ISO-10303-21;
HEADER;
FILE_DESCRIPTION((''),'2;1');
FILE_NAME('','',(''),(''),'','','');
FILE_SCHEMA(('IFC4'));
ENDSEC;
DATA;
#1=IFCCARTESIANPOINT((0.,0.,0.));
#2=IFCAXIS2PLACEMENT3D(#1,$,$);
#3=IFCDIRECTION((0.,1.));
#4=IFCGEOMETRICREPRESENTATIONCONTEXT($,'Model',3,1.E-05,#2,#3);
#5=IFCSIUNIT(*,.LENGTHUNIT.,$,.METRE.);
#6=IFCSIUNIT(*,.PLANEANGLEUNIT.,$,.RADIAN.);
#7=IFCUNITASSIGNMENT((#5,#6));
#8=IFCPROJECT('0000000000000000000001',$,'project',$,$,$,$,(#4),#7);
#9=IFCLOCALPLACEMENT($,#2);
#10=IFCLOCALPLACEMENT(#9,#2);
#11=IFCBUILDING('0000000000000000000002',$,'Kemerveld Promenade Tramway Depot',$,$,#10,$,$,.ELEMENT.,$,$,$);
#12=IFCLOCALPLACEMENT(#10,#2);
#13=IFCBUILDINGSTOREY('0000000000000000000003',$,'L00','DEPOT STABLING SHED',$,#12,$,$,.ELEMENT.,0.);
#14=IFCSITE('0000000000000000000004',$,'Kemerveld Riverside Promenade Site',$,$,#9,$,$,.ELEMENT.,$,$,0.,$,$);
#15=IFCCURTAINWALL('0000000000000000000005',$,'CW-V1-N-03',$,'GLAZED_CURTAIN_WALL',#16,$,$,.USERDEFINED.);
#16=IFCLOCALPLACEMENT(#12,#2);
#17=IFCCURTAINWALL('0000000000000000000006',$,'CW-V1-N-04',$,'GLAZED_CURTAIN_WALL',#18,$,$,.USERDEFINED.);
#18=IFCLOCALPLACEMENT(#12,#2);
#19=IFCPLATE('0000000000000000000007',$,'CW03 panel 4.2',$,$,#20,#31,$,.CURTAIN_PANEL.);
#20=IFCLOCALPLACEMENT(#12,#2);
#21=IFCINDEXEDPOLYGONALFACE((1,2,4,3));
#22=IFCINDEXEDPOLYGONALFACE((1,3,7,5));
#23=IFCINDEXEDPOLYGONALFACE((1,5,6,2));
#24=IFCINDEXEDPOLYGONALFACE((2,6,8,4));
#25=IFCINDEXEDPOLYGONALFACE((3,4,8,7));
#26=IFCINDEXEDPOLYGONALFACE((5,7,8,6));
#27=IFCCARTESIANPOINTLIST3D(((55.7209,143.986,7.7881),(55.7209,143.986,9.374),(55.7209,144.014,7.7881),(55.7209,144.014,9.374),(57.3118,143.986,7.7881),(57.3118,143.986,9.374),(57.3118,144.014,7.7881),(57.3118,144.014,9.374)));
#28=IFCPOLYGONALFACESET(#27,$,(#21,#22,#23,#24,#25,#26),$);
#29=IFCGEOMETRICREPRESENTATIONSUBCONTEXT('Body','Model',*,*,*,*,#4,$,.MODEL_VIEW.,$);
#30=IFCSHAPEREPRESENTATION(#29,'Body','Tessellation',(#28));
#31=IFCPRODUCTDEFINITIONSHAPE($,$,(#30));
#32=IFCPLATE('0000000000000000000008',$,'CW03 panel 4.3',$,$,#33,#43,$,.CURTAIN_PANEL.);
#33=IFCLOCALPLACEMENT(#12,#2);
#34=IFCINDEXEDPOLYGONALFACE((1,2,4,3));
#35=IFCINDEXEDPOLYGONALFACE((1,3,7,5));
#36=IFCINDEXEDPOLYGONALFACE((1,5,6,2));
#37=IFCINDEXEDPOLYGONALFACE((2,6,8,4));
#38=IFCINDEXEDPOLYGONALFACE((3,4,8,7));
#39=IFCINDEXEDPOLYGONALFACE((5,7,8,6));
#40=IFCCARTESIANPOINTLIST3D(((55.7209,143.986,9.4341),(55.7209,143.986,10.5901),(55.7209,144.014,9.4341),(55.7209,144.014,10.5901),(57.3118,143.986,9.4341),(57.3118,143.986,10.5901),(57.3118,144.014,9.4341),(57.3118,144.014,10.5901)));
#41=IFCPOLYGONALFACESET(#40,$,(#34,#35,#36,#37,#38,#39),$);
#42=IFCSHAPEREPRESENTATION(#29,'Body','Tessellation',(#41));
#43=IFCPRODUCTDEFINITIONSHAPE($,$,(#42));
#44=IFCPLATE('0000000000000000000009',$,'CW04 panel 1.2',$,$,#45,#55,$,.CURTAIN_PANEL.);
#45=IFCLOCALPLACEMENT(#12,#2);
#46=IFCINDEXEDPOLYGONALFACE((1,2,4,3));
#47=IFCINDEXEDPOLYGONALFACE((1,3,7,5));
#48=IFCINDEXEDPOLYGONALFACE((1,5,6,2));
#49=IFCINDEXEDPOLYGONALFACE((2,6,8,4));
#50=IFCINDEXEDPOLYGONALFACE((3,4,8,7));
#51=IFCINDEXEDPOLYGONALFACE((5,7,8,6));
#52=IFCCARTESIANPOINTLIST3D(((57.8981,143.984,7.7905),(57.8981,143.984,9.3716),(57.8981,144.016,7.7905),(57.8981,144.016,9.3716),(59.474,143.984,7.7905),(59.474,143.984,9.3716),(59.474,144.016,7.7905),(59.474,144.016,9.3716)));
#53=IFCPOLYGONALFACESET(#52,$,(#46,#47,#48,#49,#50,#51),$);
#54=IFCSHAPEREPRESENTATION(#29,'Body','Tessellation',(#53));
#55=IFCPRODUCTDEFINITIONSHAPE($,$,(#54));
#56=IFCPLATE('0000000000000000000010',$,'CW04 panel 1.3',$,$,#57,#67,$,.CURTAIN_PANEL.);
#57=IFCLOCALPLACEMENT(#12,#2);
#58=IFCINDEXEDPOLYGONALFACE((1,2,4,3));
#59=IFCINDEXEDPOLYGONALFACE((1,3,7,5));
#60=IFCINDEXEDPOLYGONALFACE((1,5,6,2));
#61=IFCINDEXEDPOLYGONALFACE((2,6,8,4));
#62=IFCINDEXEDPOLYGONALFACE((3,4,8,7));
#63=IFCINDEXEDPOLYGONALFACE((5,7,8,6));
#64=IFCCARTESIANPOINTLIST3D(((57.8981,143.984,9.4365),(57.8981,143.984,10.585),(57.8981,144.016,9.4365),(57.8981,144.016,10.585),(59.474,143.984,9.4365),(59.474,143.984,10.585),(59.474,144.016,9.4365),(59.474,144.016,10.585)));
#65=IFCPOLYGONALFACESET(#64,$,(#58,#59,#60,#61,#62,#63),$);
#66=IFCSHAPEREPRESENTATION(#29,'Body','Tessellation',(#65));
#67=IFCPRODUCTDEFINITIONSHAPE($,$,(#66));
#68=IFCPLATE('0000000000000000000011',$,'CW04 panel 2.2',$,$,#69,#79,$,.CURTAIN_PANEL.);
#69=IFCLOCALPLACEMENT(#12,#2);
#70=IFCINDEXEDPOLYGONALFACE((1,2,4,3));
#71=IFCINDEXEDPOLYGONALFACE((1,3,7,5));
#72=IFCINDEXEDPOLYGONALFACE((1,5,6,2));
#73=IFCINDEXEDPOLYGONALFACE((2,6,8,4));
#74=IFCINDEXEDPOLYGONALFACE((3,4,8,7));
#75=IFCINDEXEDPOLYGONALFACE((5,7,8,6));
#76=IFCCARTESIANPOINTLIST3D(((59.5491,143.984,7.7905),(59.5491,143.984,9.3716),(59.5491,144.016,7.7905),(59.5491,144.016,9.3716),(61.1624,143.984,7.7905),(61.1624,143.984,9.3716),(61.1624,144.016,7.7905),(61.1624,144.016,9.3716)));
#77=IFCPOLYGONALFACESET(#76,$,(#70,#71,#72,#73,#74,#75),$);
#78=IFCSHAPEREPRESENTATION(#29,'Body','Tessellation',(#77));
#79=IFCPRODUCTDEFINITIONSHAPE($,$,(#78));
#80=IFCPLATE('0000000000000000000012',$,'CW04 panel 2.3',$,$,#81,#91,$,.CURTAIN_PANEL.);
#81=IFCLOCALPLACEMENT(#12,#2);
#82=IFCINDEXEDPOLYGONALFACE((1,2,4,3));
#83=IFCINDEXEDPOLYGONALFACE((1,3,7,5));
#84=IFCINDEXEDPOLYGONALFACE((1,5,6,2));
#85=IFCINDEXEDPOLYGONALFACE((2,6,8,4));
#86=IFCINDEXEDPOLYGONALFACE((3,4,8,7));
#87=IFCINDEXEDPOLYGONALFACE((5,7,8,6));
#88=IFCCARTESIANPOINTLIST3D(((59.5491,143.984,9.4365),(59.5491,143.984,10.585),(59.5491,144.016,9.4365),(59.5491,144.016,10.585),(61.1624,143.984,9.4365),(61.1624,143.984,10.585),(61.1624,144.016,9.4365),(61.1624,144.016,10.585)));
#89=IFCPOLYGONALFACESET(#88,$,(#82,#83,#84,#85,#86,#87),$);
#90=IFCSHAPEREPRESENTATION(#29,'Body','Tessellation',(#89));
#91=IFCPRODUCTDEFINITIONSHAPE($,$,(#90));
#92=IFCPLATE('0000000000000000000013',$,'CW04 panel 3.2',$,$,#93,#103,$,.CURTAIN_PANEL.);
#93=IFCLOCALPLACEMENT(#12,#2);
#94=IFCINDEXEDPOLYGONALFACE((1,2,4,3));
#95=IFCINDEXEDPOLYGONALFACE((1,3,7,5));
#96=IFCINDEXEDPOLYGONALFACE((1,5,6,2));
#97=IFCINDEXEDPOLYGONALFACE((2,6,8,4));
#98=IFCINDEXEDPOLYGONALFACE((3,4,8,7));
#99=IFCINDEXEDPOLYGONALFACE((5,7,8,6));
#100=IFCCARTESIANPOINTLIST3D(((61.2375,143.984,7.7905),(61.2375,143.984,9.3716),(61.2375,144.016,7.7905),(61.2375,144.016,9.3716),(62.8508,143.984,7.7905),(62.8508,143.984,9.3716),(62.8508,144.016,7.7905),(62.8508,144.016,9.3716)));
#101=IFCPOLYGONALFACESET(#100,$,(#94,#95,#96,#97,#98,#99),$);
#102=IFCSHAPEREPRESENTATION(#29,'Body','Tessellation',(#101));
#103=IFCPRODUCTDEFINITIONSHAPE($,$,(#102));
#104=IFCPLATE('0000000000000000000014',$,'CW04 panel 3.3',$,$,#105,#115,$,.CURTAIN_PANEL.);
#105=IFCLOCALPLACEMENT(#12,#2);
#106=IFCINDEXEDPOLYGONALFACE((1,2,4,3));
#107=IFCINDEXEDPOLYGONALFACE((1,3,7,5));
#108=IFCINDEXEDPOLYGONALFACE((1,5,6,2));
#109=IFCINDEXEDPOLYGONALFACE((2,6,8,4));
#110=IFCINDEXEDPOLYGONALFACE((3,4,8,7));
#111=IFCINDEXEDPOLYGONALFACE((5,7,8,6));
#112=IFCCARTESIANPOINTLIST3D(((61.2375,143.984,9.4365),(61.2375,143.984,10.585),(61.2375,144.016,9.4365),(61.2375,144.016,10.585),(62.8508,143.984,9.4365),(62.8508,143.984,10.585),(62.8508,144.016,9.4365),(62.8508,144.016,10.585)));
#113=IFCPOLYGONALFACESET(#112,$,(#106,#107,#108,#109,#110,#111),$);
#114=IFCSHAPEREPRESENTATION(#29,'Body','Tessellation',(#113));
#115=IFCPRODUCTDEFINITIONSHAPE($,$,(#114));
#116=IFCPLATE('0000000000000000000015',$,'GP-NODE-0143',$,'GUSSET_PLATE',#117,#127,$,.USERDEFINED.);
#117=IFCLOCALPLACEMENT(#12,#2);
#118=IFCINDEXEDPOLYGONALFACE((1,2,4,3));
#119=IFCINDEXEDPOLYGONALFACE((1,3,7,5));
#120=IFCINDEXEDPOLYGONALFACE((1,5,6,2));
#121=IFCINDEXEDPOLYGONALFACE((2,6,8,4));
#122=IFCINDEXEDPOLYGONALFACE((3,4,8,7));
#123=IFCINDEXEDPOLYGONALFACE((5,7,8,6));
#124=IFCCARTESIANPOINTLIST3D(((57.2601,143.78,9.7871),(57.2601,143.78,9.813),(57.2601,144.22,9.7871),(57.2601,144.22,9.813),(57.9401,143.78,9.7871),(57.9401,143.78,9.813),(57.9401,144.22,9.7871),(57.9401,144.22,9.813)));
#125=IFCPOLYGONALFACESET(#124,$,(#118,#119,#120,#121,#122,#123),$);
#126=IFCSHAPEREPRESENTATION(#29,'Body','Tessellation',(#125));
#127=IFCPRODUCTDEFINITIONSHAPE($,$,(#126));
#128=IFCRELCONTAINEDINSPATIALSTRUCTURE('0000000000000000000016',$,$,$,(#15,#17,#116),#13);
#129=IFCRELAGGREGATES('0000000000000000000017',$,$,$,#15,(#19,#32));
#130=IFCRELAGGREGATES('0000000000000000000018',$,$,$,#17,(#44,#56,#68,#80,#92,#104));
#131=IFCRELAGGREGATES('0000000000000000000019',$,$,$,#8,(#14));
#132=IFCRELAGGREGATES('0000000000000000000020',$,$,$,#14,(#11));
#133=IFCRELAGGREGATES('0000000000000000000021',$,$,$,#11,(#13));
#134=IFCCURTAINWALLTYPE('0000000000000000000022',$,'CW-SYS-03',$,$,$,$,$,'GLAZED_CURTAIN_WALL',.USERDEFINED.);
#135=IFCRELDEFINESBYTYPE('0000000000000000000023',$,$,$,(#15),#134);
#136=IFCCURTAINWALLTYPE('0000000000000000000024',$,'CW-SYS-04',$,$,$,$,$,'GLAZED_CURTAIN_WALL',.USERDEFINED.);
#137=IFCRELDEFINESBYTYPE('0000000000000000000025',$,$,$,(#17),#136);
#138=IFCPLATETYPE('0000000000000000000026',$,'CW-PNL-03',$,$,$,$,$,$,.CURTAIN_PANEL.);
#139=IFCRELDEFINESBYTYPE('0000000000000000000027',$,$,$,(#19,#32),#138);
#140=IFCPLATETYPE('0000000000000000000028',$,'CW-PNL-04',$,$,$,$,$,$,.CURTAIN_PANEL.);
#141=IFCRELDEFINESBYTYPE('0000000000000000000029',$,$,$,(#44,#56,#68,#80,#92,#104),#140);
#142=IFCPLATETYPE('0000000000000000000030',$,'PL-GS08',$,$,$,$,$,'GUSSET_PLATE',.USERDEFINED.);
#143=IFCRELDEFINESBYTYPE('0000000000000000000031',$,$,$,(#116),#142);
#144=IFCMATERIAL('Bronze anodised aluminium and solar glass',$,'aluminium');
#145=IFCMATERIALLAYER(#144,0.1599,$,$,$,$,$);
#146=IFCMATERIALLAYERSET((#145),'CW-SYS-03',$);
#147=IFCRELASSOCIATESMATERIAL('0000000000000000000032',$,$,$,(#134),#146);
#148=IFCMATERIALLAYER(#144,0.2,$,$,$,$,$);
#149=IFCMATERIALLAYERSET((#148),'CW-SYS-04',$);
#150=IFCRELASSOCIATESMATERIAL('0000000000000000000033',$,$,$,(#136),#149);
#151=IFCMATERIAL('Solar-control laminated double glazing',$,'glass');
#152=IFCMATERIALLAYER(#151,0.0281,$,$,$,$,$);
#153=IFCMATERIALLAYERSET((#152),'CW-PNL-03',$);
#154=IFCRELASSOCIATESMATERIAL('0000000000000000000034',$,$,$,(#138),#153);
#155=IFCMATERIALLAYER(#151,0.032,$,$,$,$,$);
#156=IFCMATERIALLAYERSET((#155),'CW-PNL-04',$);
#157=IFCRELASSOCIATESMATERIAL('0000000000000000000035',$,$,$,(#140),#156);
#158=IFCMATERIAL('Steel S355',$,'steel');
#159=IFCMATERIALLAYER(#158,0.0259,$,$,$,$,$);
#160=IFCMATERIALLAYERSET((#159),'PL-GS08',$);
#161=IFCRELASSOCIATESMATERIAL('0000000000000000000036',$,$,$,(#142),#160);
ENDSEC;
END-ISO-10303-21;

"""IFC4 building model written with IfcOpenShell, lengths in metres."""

from ifc_helpers import new_model, si_unit, direction, frame, origin, origin_2d, place, context, subcontext, project, spatial, rectangle, extrude, material, layer, layer_set, type_object, element, aggregate, save


model = new_model("IFC4")

# Units and contexts
model_context = context("Model", 3, precision=1e-05, world=origin(), true_north=direction((0.0, 1.0)))
body_context = subcontext(model_context, "Body", "Model", "MODEL_VIEW")
ifc_project = project(units=[si_unit("LENGTHUNIT", "METRE"), si_unit("PLANEANGLEUNIT", "RADIAN")], contexts=[model_context])

# Site, building, storey
site_placement = place(None, origin())
site = spatial("IfcSite", under=ifc_project, at=site_placement, Name="Kemerveld Riverside Promenade Site", CompositionType="ELEMENT", RefElevation=0.0)
building_placement = place(site_placement, origin())
building = spatial("IfcBuilding", under=site, at=building_placement, Name="Kemerveld Promenade Tramway Depot", CompositionType="ELEMENT")
storey_placement = place(building_placement, origin())
storey = spatial("IfcBuildingStorey", under=building, at=storey_placement, Name="L00", Description="DEPOT STABLING SHED", CompositionType="ELEMENT", Elevation=0.0)

# Shared definitions
ifc_material_1 = material(Name="Steel S355", Category="steel")

# Curtain walls
ifc_material_2 = material(Name="Bronze anodised aluminium and solar glass", Category="aluminium")
ifc_layer_1 = layer(ifc_material_2, 0.1599)
ifc_layer_set_1 = layer_set([ifc_layer_1], Name="CW-SYS-03")
curtain_wall_type_1 = type_object("IfcCurtainWallType", Name="CW-SYS-03", ElementType="GLAZED_CURTAIN_WALL", PredefinedType="USERDEFINED", material=ifc_layer_set_1)
curtain_wall_1_placement = place(storey_placement, origin())
curtain_wall_1 = element("IfcCurtainWall", 1, at=curtain_wall_1_placement, inside=storey, type_object=curtain_wall_type_1, Name="CW-V1-N-03", ObjectType="GLAZED_CURTAIN_WALL", PredefinedType="USERDEFINED")
ifc_layer_2 = layer(ifc_material_2, 0.2)
ifc_layer_set_2 = layer_set([ifc_layer_2], Name="CW-SYS-04")
curtain_wall_type_2 = type_object("IfcCurtainWallType", Name="CW-SYS-04", ElementType="GLAZED_CURTAIN_WALL", PredefinedType="USERDEFINED", material=ifc_layer_set_2)
curtain_wall_2_placement = place(storey_placement, origin())
curtain_wall_2 = element("IfcCurtainWall", 2, at=curtain_wall_2_placement, inside=storey, type_object=curtain_wall_type_2, Name="CW-V1-N-04", ObjectType="GLAZED_CURTAIN_WALL", PredefinedType="USERDEFINED")

# Plates
ifc_material_3 = material(Name="Solar-control laminated double glazing", Category="glass")
ifc_layer_3 = layer(ifc_material_3, 0.0281)
ifc_layer_set_3 = layer_set([ifc_layer_3], Name="CW-PNL-03")
plate_type_1 = type_object("IfcPlateType", Name="CW-PNL-03", PredefinedType="CURTAIN_PANEL", material=ifc_layer_set_3)
plate_1_placement = place(storey_placement, frame((56.5164, 144.0, 7.7881), z_axis=(0.0, 0.0, 1.0), x_axis=(1.0, 0.0, 0.0)))
plate_1 = element("IfcPlate", 3, at=plate_1_placement, type_object=plate_type_1, Name="CW03 panel 4.2", PredefinedType="CURTAIN_PANEL", context=body_context, shape_type="SweptSolid", body=[
    extrude(rectangle(XDim=1.5908, YDim=0.0281, at=origin_2d()), origin(), (0.0, 0.0, 1.0), 1.5859),
])
plate_2_placement = place(storey_placement, frame((56.5164, 144.0, 9.4341), z_axis=(0.0, 0.0, 1.0), x_axis=(1.0, 0.0, 0.0)))
plate_2 = element("IfcPlate", 4, at=plate_2_placement, type_object=plate_type_1, Name="CW03 panel 4.3", PredefinedType="CURTAIN_PANEL", context=body_context, shape_type="SweptSolid", body=[
    extrude(rectangle(XDim=1.5908, YDim=0.0281, at=origin_2d()), origin(), (0.0, 0.0, 1.0), 1.156),
])
aggregate(curtain_wall_1, [plate_1, plate_2])
ifc_layer_4 = layer(ifc_material_3, 0.032)
ifc_layer_set_4 = layer_set([ifc_layer_4], Name="CW-PNL-04")
plate_type_2 = type_object("IfcPlateType", Name="CW-PNL-04", PredefinedType="CURTAIN_PANEL", material=ifc_layer_set_4)
plate_3_placement = place(storey_placement, frame((58.686, 144.0, 7.7905), z_axis=(0.0, 0.0, 1.0), x_axis=(1.0, 0.0, 0.0)))
plate_3 = element("IfcPlate", 5, at=plate_3_placement, type_object=plate_type_2, Name="CW04 panel 1.2", PredefinedType="CURTAIN_PANEL", context=body_context, shape_type="SweptSolid", body=[
    extrude(rectangle(XDim=1.5759, YDim=0.032, at=origin_2d()), origin(), (0.0, 0.0, 1.0), 1.5811),
])
plate_4_placement = place(storey_placement, frame((58.686, 144.0, 9.4365), z_axis=(0.0, 0.0, 1.0), x_axis=(1.0, 0.0, 0.0)))
plate_4 = element("IfcPlate", 6, at=plate_4_placement, type_object=plate_type_2, Name="CW04 panel 1.3", PredefinedType="CURTAIN_PANEL", context=body_context, shape_type="SweptSolid", body=[
    extrude(rectangle(XDim=1.5759, YDim=0.032, at=origin_2d()), origin(), (0.0, 0.0, 1.0), 1.1484),
])
plate_5_placement = place(storey_placement, frame((60.3557, 144.0, 7.7905), z_axis=(0.0, 0.0, 1.0), x_axis=(1.0, 0.0, 0.0)))
plate_5 = element("IfcPlate", 7, at=plate_5_placement, type_object=plate_type_2, Name="CW04 panel 2.2", PredefinedType="CURTAIN_PANEL", context=body_context, shape_type="SweptSolid", body=[
    extrude(rectangle(XDim=1.6133, YDim=0.032, at=origin_2d()), origin(), (0.0, 0.0, 1.0), 1.5811),
])
plate_6_placement = place(storey_placement, frame((60.3557, 144.0, 9.4365), z_axis=(0.0, 0.0, 1.0), x_axis=(1.0, 0.0, 0.0)))
plate_6 = element("IfcPlate", 8, at=plate_6_placement, type_object=plate_type_2, Name="CW04 panel 2.3", PredefinedType="CURTAIN_PANEL", context=body_context, shape_type="SweptSolid", body=[
    extrude(rectangle(XDim=1.6133, YDim=0.032, at=origin_2d()), origin(), (0.0, 0.0, 1.0), 1.1484),
])
plate_7_placement = place(storey_placement, frame((62.0442, 144.0, 7.7905), z_axis=(0.0, 0.0, 1.0), x_axis=(1.0, 0.0, 0.0)))
plate_7 = element("IfcPlate", 9, at=plate_7_placement, type_object=plate_type_2, Name="CW04 panel 3.2", PredefinedType="CURTAIN_PANEL", context=body_context, shape_type="SweptSolid", body=[
    extrude(rectangle(XDim=1.6133, YDim=0.032, at=origin_2d()), origin(), (0.0, 0.0, 1.0), 1.5811),
])
plate_8_placement = place(storey_placement, frame((62.0442, 144.0, 9.4365), z_axis=(0.0, 0.0, 1.0), x_axis=(1.0, 0.0, 0.0)))
plate_8 = element("IfcPlate", 10, at=plate_8_placement, type_object=plate_type_2, Name="CW04 panel 3.3", PredefinedType="CURTAIN_PANEL", context=body_context, shape_type="SweptSolid", body=[
    extrude(rectangle(XDim=1.6133, YDim=0.032, at=origin_2d()), origin(), (0.0, 0.0, 1.0), 1.1484),
])
aggregate(curtain_wall_2, [plate_3, plate_4, plate_5, plate_6, plate_7, plate_8])
ifc_layer_5 = layer(ifc_material_1, 0.0259)
ifc_layer_set_5 = layer_set([ifc_layer_5], Name="PL-GS08")
plate_type_3 = type_object("IfcPlateType", Name="PL-GS08", ElementType="GUSSET_PLATE", PredefinedType="USERDEFINED", material=ifc_layer_set_5)
plate_9_placement = place(storey_placement, frame((57.6001, 144.0, 9.7871), z_axis=(0.0, 0.0, 1.0), x_axis=(1.0, 0.0, 0.0)))
element("IfcPlate", 11, at=plate_9_placement, inside=storey, type_object=plate_type_3, Name="GP-NODE-0143", ObjectType="GUSSET_PLATE", PredefinedType="USERDEFINED", context=body_context, shape_type="SweptSolid", body=[
    extrude(rectangle(XDim=0.6799, YDim=0.4399, at=origin_2d()), origin(), (0.0, 0.0, 1.0), 0.0259),
])

save(model, "model.ifc")
